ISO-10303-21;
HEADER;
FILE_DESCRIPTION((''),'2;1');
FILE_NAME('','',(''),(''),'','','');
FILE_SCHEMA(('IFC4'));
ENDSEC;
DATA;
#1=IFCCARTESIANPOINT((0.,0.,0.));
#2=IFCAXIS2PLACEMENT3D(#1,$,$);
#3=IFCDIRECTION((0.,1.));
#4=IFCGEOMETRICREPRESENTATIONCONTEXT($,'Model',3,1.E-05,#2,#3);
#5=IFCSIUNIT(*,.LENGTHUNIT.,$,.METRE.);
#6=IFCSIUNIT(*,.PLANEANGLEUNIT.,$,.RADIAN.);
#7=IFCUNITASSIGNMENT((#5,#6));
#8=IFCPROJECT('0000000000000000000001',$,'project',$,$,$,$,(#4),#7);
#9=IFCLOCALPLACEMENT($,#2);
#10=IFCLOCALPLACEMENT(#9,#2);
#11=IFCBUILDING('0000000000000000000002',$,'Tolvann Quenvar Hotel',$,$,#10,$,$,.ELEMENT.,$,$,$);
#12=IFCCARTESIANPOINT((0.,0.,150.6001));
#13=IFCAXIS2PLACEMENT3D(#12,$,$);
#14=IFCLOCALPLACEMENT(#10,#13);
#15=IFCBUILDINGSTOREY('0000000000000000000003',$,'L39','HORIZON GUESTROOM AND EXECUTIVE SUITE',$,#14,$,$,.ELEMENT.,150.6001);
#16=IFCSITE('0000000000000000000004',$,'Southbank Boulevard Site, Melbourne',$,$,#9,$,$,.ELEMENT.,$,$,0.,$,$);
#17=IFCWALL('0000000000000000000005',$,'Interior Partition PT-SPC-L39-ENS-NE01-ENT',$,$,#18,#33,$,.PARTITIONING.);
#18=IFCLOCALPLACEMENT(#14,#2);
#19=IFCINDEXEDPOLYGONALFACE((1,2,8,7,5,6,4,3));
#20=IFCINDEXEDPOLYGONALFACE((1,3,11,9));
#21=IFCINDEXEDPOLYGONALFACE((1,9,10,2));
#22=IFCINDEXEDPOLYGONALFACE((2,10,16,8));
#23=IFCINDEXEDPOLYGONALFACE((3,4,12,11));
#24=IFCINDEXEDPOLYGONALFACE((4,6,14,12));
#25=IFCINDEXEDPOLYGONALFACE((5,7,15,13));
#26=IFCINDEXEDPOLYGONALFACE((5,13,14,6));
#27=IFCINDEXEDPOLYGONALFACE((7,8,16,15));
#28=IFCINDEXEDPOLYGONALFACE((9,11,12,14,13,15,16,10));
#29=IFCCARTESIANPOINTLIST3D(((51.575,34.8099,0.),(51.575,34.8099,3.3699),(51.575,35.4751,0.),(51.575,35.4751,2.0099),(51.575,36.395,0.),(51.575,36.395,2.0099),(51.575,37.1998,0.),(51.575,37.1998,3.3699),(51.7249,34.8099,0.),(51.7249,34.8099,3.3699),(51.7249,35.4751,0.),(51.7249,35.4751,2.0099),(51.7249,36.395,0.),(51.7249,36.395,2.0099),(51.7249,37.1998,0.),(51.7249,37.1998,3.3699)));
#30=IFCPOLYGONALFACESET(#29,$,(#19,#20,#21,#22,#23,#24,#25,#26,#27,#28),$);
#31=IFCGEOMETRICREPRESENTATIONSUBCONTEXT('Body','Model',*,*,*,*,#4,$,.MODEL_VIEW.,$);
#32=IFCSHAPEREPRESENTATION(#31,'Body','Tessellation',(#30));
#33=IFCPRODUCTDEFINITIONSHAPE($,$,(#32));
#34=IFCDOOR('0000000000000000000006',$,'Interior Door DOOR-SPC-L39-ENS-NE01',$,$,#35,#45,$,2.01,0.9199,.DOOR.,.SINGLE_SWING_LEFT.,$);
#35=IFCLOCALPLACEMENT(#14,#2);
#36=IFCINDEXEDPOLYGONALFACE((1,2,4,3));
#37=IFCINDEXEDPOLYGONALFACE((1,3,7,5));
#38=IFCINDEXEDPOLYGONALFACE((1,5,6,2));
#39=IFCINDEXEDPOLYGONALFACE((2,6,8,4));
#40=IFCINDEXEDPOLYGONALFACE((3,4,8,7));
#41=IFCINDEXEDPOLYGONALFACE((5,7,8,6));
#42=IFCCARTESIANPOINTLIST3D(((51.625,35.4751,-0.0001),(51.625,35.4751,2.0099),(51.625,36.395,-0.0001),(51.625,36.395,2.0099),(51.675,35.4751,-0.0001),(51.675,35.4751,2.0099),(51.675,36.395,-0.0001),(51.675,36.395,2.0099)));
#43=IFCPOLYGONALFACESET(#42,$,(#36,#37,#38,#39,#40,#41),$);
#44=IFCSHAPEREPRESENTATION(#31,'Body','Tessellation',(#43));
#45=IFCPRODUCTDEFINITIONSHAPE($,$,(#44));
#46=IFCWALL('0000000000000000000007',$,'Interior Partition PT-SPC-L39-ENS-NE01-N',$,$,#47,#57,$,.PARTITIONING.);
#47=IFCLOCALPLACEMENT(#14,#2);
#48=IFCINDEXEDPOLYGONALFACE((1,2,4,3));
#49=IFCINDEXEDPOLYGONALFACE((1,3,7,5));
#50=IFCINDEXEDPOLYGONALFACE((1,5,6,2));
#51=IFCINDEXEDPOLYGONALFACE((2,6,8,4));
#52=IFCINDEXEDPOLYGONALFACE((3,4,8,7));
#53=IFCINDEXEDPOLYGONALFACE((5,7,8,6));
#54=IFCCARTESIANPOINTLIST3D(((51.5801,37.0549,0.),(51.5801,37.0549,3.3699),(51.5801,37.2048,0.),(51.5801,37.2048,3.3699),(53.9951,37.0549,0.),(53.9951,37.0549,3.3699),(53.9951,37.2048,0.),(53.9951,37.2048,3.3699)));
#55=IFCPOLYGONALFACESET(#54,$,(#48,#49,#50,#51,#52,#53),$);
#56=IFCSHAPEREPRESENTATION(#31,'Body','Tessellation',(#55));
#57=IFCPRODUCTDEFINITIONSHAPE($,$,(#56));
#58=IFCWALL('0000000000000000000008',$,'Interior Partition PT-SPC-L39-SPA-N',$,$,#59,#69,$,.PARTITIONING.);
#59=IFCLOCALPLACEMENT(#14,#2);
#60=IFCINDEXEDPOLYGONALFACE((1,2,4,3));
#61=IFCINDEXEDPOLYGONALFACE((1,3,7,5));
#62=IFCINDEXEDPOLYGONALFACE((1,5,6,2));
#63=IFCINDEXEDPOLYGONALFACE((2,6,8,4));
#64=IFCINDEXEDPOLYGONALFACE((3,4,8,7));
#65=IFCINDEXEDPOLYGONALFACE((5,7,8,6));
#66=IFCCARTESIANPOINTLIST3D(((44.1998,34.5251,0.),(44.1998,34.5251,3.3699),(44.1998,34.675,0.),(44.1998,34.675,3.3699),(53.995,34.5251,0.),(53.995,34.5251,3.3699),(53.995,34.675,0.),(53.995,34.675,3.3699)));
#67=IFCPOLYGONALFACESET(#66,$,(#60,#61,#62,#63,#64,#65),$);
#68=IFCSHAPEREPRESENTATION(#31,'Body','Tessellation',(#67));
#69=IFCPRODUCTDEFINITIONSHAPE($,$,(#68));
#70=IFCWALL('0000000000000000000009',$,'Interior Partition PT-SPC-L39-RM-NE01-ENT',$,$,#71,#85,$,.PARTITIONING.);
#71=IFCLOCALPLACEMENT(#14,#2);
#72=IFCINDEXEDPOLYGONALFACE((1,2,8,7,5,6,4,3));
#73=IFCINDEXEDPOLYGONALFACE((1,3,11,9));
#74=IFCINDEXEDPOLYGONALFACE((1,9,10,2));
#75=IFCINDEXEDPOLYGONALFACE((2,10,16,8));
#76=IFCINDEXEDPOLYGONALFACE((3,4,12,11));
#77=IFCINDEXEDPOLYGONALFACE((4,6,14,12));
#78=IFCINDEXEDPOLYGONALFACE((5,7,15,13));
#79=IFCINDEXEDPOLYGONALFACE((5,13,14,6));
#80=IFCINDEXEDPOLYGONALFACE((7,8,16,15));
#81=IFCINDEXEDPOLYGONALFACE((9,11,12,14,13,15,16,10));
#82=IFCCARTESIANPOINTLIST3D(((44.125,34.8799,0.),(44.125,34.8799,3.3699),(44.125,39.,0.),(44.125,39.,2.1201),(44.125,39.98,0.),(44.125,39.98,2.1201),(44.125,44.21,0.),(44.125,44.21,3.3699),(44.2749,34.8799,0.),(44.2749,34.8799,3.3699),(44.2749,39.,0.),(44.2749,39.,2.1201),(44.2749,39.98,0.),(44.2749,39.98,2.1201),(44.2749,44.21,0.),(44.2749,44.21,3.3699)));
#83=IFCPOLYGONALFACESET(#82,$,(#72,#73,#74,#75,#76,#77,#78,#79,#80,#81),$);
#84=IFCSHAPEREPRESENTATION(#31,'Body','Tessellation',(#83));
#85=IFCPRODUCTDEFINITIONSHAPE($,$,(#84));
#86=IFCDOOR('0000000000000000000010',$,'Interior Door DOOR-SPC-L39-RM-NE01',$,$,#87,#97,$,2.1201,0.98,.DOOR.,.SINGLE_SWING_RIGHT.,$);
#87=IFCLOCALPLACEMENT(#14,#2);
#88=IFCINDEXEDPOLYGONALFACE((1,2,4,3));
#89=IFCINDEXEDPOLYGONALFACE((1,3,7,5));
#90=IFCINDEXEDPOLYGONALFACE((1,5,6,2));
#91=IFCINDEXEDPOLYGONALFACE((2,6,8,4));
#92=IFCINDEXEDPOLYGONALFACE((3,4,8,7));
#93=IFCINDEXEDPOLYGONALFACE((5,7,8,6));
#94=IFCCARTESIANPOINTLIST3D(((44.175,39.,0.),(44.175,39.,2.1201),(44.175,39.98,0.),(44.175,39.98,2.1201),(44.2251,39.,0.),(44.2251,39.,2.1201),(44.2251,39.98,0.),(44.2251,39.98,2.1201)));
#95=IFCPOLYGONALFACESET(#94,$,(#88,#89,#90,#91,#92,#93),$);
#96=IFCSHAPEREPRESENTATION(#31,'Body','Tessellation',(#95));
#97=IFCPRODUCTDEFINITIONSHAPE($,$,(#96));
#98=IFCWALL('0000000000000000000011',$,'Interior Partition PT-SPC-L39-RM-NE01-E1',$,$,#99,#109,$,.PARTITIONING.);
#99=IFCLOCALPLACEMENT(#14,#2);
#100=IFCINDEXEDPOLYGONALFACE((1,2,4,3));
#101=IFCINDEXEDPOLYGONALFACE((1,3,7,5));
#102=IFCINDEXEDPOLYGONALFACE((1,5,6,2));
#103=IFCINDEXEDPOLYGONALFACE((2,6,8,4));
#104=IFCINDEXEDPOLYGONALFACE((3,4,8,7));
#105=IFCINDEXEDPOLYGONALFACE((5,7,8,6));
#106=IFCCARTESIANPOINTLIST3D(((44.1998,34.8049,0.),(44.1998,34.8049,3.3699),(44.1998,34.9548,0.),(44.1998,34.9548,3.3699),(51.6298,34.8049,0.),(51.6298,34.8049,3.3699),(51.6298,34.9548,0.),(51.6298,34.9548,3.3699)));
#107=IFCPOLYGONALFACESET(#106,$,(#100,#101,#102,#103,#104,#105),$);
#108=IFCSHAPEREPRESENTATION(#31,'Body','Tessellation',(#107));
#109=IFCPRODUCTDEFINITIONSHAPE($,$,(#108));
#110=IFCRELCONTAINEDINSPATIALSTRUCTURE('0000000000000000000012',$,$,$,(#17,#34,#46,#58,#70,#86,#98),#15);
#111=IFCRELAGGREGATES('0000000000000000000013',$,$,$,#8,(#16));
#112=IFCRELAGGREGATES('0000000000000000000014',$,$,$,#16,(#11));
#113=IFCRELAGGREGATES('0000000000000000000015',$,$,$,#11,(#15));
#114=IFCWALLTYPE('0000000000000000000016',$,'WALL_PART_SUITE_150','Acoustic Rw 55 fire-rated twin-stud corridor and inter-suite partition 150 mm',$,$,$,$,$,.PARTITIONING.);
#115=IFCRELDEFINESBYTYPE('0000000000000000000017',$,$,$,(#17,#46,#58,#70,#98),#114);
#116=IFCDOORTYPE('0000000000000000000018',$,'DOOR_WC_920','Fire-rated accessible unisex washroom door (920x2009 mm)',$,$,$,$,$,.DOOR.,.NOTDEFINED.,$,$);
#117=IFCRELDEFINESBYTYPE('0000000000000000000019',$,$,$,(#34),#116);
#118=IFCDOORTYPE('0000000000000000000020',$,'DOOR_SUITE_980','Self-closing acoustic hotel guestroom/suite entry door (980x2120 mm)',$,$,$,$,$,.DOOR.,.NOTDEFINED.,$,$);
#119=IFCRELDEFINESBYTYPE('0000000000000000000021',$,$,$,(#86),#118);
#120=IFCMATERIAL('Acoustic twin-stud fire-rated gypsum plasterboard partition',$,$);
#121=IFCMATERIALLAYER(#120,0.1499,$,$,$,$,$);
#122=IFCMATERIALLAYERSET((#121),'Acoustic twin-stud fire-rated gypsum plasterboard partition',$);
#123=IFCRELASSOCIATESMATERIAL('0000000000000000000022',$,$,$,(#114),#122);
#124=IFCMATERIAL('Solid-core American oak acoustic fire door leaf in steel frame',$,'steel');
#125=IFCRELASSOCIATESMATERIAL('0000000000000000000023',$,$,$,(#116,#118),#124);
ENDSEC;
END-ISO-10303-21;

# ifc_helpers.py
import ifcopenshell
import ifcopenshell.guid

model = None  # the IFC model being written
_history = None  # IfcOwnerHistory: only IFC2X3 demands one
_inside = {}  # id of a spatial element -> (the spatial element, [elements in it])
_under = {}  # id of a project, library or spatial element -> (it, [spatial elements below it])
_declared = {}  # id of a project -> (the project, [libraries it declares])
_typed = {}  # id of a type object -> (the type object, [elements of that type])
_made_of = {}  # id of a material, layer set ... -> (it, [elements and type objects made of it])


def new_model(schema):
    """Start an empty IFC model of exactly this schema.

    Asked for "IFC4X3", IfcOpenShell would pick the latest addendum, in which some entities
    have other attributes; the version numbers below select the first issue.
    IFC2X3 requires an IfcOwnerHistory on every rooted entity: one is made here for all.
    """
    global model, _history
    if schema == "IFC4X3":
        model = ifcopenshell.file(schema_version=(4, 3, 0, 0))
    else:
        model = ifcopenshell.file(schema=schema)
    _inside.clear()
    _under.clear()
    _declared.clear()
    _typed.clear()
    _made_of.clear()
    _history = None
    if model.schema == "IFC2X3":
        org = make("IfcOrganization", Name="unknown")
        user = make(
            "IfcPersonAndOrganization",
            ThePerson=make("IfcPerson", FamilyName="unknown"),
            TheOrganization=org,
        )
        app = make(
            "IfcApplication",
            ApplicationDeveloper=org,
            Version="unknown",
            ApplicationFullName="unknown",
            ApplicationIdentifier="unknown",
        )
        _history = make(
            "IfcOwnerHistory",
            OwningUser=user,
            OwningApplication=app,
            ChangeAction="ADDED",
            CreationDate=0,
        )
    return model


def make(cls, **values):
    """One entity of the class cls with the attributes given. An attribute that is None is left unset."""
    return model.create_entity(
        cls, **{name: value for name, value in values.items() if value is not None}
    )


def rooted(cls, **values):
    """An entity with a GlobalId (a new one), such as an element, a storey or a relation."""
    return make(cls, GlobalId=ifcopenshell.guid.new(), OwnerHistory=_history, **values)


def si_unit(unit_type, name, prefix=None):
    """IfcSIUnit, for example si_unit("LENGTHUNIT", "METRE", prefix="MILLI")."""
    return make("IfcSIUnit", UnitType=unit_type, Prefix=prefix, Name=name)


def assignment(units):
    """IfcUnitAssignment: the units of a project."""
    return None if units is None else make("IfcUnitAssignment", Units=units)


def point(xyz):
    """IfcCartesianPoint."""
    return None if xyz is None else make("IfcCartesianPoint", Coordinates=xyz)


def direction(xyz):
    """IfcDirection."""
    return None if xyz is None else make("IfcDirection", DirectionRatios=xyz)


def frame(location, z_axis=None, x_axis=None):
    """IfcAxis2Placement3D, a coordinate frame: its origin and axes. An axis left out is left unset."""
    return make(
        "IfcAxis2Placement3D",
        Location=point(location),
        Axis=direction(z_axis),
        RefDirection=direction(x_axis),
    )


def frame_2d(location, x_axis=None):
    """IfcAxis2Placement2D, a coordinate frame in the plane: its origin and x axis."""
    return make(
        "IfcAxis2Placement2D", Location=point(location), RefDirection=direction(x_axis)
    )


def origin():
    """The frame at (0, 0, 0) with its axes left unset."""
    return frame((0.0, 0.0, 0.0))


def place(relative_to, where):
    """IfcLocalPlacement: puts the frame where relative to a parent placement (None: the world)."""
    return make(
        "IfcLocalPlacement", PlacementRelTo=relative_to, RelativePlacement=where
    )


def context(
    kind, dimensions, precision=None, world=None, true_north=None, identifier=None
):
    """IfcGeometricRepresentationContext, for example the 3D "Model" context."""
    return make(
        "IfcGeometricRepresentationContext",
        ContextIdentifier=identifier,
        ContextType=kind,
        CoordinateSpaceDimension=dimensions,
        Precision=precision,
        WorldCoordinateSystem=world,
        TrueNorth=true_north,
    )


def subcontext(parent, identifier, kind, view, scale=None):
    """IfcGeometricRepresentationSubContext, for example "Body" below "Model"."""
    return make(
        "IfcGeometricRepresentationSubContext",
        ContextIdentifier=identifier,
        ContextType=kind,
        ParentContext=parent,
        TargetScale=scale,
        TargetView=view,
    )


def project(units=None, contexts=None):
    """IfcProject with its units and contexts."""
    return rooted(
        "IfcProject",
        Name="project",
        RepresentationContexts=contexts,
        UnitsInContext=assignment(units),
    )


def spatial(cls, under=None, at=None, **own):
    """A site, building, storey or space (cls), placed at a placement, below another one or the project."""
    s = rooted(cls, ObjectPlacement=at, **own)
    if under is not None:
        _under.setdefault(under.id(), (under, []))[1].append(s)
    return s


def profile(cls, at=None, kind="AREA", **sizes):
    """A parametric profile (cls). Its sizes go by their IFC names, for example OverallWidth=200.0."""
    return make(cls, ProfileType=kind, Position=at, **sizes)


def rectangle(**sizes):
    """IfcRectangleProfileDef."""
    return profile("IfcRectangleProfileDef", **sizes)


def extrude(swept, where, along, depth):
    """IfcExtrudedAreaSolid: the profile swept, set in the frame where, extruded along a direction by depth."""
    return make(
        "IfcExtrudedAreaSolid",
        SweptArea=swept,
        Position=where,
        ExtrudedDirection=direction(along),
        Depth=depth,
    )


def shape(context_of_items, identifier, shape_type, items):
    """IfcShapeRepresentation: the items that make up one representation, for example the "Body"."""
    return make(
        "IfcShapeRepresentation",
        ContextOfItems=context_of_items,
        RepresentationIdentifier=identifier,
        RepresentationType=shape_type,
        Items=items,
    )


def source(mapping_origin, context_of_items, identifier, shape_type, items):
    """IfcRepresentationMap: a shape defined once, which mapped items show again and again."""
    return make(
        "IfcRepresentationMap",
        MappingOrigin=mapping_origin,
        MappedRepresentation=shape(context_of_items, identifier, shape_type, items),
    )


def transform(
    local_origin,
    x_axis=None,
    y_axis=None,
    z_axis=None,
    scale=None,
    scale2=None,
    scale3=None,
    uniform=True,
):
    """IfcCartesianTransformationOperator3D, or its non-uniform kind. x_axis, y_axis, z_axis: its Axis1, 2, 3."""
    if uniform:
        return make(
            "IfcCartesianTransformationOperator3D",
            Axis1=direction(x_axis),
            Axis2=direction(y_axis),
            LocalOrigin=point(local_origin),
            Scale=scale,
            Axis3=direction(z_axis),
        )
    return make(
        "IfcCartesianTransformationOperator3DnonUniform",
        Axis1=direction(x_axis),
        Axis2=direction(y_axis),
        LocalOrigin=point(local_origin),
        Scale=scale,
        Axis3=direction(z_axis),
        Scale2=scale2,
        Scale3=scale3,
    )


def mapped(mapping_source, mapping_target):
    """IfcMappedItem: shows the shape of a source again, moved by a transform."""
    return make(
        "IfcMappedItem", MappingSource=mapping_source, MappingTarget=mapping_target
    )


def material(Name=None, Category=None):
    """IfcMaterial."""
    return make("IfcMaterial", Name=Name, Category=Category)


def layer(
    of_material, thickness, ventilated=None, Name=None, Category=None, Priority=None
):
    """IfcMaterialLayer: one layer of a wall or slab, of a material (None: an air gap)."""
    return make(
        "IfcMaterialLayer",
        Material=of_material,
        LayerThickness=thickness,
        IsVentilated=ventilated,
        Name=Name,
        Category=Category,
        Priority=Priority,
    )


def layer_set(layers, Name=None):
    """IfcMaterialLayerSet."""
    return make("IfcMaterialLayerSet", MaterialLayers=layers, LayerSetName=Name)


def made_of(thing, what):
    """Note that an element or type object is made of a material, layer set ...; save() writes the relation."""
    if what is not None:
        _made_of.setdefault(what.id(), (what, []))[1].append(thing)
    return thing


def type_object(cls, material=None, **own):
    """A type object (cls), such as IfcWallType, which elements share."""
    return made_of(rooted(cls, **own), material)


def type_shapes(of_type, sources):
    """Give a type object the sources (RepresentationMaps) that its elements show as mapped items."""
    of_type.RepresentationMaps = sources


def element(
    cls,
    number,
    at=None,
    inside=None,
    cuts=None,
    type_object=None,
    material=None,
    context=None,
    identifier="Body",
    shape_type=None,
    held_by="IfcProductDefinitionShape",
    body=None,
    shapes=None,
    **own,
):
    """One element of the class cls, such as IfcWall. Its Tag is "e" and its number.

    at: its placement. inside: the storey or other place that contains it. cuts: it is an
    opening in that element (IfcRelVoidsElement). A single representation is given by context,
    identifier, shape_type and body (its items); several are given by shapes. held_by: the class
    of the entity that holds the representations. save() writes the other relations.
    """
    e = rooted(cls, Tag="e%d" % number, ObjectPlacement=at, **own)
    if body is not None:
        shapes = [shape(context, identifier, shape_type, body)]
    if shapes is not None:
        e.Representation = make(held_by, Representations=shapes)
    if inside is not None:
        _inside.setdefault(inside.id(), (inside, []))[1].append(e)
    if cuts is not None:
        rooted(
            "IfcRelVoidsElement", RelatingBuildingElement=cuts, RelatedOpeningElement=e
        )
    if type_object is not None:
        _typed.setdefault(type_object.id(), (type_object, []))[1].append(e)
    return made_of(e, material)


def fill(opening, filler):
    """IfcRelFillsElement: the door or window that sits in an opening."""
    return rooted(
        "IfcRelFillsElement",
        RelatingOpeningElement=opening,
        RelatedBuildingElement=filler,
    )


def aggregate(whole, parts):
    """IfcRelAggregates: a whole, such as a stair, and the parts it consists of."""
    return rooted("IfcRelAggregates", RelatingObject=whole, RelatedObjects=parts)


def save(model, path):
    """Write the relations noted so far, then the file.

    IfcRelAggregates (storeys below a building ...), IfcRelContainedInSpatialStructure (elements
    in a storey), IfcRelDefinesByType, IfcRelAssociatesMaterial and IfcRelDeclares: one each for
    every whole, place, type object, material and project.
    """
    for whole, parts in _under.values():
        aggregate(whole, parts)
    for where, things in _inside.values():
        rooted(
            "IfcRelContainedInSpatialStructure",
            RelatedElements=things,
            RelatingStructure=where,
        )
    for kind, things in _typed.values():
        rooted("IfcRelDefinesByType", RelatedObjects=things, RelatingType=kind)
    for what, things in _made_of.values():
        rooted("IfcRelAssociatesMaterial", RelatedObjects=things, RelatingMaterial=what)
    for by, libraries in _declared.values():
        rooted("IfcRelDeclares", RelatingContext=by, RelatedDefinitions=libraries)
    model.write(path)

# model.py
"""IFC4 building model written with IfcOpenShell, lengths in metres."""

from ifc_helpers import new_model, si_unit, direction, frame, frame_2d, origin, place, context, subcontext, project, spatial, rectangle, extrude, source, transform, mapped, material, layer, layer_set, type_object, type_shapes, element, fill, save


model = new_model("IFC4")

# Units and contexts
model_context = context("Model", 3, precision=1e-05, world=origin(), true_north=direction((0.0, 1.0)))
body_context = subcontext(model_context, "Body", "Model", "MODEL_VIEW")
ifc_project = project(units=[si_unit("LENGTHUNIT", "METRE"), si_unit("PLANEANGLEUNIT", "RADIAN")], contexts=[model_context])

# Site, building, storey
site_placement = place(None, origin())
site = spatial("IfcSite", under=ifc_project, at=site_placement, Name="Southbank Boulevard Site, Melbourne", CompositionType="ELEMENT", RefElevation=0.0)
building_placement = place(site_placement, origin())
building = spatial("IfcBuilding", under=site, at=building_placement, Name="Tolvann Quenvar Hotel", CompositionType="ELEMENT")
storey_placement = place(building_placement, frame((0.0, 0.0, 150.6001)))
storey = spatial("IfcBuildingStorey", under=building, at=storey_placement, Name="L39", Description="HORIZON GUESTROOM AND EXECUTIVE SUITE", CompositionType="ELEMENT", Elevation=150.6001)

# Wall, opening, door
ifc_material_1 = material(Name="Acoustic twin-stud fire-rated gypsum plasterboard partition")
ifc_layer_1 = layer(ifc_material_1, 0.1499)
ifc_layer_set_1 = layer_set([ifc_layer_1], Name="Acoustic twin-stud fire-rated gypsum plasterboard partition")
wall_type_1 = type_object("IfcWallType", Name="WALL_PART_SUITE_150", Description="Acoustic Rw 55 fire-rated twin-stud corridor and inter-suite partition 150 mm", PredefinedType="PARTITIONING", material=ifc_layer_set_1)
wall_1_placement = place(storey_placement, frame((51.6499, 34.8101, 0.0), z_axis=(0.0, 0.0, 1.0), x_axis=(0.0, 1.0, 0.0)))
wall_1 = element("IfcWall", 1, at=wall_1_placement, inside=storey, type_object=wall_type_1, Name="Interior Partition PT-SPC-L39-ENS-NE01-ENT", PredefinedType="PARTITIONING", context=body_context, shape_type="SweptSolid", body=[
    extrude(rectangle(XDim=2.3899, YDim=0.1499, at=frame_2d((1.1948, 0.0))), origin(), (0.0, 0.0, 1.0), 3.3699),
])
opening_1_placement = place(wall_1_placement, frame((0.665, 0.0, 0.0)))
opening_1 = element("IfcOpeningElement", 2, at=opening_1_placement, cuts=wall_1, PredefinedType="OPENING", context=body_context, shape_type="SweptSolid", body=[
    extrude(rectangle(XDim=0.9199, YDim=2.01, at=frame_2d((0.46, 1.0049))), frame((0.0, 0.085, 0.0), z_axis=(0.0, -1.0, 0.0), x_axis=(1.0, 0.0, 0.0)), (0.0, 0.0, 1.0), 0.1699),
])
ifc_material_2 = material(Name="Solid-core American oak acoustic fire door leaf in steel frame", Category="steel")
door_type_1 = type_object("IfcDoorType", Name="DOOR_WC_920", Description="Fire-rated accessible unisex washroom door (920x2009 mm)", OperationType="NOTDEFINED", PredefinedType="DOOR", material=ifc_material_2)
shared_shape_1 = source(origin(), body_context, "Body", "SweptSolid", [
    extrude(rectangle(XDim=0.9199, YDim=2.01, at=frame_2d((0.46, 1.0049))), frame((0.0, 0.0249, 0.0), z_axis=(0.0, -1.0, 0.0), x_axis=(1.0, 0.0, 0.0)), (0.0, 0.0, 1.0), 0.05),
])
type_shapes(door_type_1, [shared_shape_1])
door_1_placement = place(opening_1_placement, origin())
door_1 = element("IfcDoor", 3, at=door_1_placement, inside=storey, type_object=door_type_1, Name="Interior Door DOOR-SPC-L39-ENS-NE01", OperationType="SINGLE_SWING_LEFT", OverallHeight=2.01, OverallWidth=0.9199, PredefinedType="DOOR", context=body_context, shape_type="MappedRepresentation", body=[
    mapped(shared_shape_1, transform((0.0, 0.0, 0.0), x_axis=(1.0, 0.0, 0.0), y_axis=(0.0, 1.0, 0.0), z_axis=(0.0, 0.0, 1.0), scale=1.0)),
])
fill(opening_1, door_1)

# Walls
wall_2_placement = place(storey_placement, frame((51.5801, 37.1299, 0.0), z_axis=(0.0, 0.0, 1.0), x_axis=(1.0, 0.0, 0.0)))
element("IfcWall", 4, at=wall_2_placement, inside=storey, type_object=wall_type_1, Name="Interior Partition PT-SPC-L39-ENS-NE01-N", PredefinedType="PARTITIONING", context=body_context, shape_type="SweptSolid", body=[
    extrude(rectangle(XDim=2.415, YDim=0.1499, at=frame_2d((1.2075, 0.0))), origin(), (0.0, 0.0, 1.0), 3.3699),
])
wall_3_placement = place(storey_placement, frame((44.2, 34.6001, 0.0), z_axis=(0.0, 0.0, 1.0), x_axis=(1.0, 0.0, 0.0)))
element("IfcWall", 5, at=wall_3_placement, inside=storey, type_object=wall_type_1, Name="Interior Partition PT-SPC-L39-SPA-N", PredefinedType="PARTITIONING", context=body_context, shape_type="SweptSolid", body=[
    extrude(rectangle(XDim=9.7952, YDim=0.1499, at=frame_2d((4.8975, 0.0))), origin(), (0.0, 0.0, 1.0), 3.3699),
])

# Wall, opening, door
wall_4_placement = place(storey_placement, frame((44.2, 34.8799, 0.0), z_axis=(0.0, 0.0, 1.0), x_axis=(0.0, 1.0, 0.0)))
wall_4 = element("IfcWall", 6, at=wall_4_placement, inside=storey, type_object=wall_type_1, Name="Interior Partition PT-SPC-L39-RM-NE01-ENT", PredefinedType="PARTITIONING", context=body_context, shape_type="SweptSolid", body=[
    extrude(rectangle(XDim=9.3301, YDim=0.1499, at=frame_2d((4.665, 0.0))), origin(), (0.0, 0.0, 1.0), 3.3699),
])
opening_2_placement = place(wall_4_placement, frame((4.1201, 0.0, 0.0)))
opening_2 = element("IfcOpeningElement", 7, at=opening_2_placement, cuts=wall_4, PredefinedType="OPENING", context=body_context, shape_type="SweptSolid", body=[
    extrude(rectangle(XDim=0.98, YDim=2.1201, at=frame_2d((0.49, 1.0601))), frame((0.0, 0.085, 0.0), z_axis=(0.0, -1.0, 0.0), x_axis=(1.0, 0.0, 0.0)), (0.0, 0.0, 1.0), 0.1699),
])
door_type_2 = type_object("IfcDoorType", Name="DOOR_SUITE_980", Description="Self-closing acoustic hotel guestroom/suite entry door (980x2120 mm)", OperationType="NOTDEFINED", PredefinedType="DOOR", material=ifc_material_2)
shared_shape_2 = source(origin(), body_context, "Body", "SweptSolid", [
    extrude(rectangle(XDim=0.98, YDim=2.1201, at=frame_2d((0.49, 1.0601))), frame((0.0, 0.0249, 0.0), z_axis=(0.0, -1.0, 0.0), x_axis=(1.0, 0.0, 0.0)), (0.0, 0.0, 1.0), 0.05),
])
type_shapes(door_type_2, [shared_shape_2])
door_2_placement = place(opening_2_placement, origin())
door_2 = element("IfcDoor", 8, at=door_2_placement, inside=storey, type_object=door_type_2, Name="Interior Door DOOR-SPC-L39-RM-NE01", OperationType="SINGLE_SWING_RIGHT", OverallHeight=2.1201, OverallWidth=0.98, PredefinedType="DOOR", context=body_context, shape_type="MappedRepresentation", body=[
    mapped(shared_shape_2, transform((0.0, 0.0, 0.0), x_axis=(1.0, 0.0, 0.0), y_axis=(0.0, 1.0, 0.0), z_axis=(0.0, 0.0, 1.0), scale=1.0)),
])
fill(opening_2, door_2)

# Wall
wall_5_placement = place(storey_placement, frame((44.2, 34.8799, 0.0), z_axis=(0.0, 0.0, 1.0), x_axis=(1.0, 0.0, 0.0)))
element("IfcWall", 9, at=wall_5_placement, inside=storey, type_object=wall_type_1, Name="Interior Partition PT-SPC-L39-RM-NE01-E1", PredefinedType="PARTITIONING", context=body_context, shape_type="SweptSolid", body=[
    extrude(rectangle(XDim=7.4299, YDim=0.1499, at=frame_2d((3.7148, 0.0))), origin(), (0.0, 0.0, 1.0), 3.3699),
])

save(model, "model.ifc")
